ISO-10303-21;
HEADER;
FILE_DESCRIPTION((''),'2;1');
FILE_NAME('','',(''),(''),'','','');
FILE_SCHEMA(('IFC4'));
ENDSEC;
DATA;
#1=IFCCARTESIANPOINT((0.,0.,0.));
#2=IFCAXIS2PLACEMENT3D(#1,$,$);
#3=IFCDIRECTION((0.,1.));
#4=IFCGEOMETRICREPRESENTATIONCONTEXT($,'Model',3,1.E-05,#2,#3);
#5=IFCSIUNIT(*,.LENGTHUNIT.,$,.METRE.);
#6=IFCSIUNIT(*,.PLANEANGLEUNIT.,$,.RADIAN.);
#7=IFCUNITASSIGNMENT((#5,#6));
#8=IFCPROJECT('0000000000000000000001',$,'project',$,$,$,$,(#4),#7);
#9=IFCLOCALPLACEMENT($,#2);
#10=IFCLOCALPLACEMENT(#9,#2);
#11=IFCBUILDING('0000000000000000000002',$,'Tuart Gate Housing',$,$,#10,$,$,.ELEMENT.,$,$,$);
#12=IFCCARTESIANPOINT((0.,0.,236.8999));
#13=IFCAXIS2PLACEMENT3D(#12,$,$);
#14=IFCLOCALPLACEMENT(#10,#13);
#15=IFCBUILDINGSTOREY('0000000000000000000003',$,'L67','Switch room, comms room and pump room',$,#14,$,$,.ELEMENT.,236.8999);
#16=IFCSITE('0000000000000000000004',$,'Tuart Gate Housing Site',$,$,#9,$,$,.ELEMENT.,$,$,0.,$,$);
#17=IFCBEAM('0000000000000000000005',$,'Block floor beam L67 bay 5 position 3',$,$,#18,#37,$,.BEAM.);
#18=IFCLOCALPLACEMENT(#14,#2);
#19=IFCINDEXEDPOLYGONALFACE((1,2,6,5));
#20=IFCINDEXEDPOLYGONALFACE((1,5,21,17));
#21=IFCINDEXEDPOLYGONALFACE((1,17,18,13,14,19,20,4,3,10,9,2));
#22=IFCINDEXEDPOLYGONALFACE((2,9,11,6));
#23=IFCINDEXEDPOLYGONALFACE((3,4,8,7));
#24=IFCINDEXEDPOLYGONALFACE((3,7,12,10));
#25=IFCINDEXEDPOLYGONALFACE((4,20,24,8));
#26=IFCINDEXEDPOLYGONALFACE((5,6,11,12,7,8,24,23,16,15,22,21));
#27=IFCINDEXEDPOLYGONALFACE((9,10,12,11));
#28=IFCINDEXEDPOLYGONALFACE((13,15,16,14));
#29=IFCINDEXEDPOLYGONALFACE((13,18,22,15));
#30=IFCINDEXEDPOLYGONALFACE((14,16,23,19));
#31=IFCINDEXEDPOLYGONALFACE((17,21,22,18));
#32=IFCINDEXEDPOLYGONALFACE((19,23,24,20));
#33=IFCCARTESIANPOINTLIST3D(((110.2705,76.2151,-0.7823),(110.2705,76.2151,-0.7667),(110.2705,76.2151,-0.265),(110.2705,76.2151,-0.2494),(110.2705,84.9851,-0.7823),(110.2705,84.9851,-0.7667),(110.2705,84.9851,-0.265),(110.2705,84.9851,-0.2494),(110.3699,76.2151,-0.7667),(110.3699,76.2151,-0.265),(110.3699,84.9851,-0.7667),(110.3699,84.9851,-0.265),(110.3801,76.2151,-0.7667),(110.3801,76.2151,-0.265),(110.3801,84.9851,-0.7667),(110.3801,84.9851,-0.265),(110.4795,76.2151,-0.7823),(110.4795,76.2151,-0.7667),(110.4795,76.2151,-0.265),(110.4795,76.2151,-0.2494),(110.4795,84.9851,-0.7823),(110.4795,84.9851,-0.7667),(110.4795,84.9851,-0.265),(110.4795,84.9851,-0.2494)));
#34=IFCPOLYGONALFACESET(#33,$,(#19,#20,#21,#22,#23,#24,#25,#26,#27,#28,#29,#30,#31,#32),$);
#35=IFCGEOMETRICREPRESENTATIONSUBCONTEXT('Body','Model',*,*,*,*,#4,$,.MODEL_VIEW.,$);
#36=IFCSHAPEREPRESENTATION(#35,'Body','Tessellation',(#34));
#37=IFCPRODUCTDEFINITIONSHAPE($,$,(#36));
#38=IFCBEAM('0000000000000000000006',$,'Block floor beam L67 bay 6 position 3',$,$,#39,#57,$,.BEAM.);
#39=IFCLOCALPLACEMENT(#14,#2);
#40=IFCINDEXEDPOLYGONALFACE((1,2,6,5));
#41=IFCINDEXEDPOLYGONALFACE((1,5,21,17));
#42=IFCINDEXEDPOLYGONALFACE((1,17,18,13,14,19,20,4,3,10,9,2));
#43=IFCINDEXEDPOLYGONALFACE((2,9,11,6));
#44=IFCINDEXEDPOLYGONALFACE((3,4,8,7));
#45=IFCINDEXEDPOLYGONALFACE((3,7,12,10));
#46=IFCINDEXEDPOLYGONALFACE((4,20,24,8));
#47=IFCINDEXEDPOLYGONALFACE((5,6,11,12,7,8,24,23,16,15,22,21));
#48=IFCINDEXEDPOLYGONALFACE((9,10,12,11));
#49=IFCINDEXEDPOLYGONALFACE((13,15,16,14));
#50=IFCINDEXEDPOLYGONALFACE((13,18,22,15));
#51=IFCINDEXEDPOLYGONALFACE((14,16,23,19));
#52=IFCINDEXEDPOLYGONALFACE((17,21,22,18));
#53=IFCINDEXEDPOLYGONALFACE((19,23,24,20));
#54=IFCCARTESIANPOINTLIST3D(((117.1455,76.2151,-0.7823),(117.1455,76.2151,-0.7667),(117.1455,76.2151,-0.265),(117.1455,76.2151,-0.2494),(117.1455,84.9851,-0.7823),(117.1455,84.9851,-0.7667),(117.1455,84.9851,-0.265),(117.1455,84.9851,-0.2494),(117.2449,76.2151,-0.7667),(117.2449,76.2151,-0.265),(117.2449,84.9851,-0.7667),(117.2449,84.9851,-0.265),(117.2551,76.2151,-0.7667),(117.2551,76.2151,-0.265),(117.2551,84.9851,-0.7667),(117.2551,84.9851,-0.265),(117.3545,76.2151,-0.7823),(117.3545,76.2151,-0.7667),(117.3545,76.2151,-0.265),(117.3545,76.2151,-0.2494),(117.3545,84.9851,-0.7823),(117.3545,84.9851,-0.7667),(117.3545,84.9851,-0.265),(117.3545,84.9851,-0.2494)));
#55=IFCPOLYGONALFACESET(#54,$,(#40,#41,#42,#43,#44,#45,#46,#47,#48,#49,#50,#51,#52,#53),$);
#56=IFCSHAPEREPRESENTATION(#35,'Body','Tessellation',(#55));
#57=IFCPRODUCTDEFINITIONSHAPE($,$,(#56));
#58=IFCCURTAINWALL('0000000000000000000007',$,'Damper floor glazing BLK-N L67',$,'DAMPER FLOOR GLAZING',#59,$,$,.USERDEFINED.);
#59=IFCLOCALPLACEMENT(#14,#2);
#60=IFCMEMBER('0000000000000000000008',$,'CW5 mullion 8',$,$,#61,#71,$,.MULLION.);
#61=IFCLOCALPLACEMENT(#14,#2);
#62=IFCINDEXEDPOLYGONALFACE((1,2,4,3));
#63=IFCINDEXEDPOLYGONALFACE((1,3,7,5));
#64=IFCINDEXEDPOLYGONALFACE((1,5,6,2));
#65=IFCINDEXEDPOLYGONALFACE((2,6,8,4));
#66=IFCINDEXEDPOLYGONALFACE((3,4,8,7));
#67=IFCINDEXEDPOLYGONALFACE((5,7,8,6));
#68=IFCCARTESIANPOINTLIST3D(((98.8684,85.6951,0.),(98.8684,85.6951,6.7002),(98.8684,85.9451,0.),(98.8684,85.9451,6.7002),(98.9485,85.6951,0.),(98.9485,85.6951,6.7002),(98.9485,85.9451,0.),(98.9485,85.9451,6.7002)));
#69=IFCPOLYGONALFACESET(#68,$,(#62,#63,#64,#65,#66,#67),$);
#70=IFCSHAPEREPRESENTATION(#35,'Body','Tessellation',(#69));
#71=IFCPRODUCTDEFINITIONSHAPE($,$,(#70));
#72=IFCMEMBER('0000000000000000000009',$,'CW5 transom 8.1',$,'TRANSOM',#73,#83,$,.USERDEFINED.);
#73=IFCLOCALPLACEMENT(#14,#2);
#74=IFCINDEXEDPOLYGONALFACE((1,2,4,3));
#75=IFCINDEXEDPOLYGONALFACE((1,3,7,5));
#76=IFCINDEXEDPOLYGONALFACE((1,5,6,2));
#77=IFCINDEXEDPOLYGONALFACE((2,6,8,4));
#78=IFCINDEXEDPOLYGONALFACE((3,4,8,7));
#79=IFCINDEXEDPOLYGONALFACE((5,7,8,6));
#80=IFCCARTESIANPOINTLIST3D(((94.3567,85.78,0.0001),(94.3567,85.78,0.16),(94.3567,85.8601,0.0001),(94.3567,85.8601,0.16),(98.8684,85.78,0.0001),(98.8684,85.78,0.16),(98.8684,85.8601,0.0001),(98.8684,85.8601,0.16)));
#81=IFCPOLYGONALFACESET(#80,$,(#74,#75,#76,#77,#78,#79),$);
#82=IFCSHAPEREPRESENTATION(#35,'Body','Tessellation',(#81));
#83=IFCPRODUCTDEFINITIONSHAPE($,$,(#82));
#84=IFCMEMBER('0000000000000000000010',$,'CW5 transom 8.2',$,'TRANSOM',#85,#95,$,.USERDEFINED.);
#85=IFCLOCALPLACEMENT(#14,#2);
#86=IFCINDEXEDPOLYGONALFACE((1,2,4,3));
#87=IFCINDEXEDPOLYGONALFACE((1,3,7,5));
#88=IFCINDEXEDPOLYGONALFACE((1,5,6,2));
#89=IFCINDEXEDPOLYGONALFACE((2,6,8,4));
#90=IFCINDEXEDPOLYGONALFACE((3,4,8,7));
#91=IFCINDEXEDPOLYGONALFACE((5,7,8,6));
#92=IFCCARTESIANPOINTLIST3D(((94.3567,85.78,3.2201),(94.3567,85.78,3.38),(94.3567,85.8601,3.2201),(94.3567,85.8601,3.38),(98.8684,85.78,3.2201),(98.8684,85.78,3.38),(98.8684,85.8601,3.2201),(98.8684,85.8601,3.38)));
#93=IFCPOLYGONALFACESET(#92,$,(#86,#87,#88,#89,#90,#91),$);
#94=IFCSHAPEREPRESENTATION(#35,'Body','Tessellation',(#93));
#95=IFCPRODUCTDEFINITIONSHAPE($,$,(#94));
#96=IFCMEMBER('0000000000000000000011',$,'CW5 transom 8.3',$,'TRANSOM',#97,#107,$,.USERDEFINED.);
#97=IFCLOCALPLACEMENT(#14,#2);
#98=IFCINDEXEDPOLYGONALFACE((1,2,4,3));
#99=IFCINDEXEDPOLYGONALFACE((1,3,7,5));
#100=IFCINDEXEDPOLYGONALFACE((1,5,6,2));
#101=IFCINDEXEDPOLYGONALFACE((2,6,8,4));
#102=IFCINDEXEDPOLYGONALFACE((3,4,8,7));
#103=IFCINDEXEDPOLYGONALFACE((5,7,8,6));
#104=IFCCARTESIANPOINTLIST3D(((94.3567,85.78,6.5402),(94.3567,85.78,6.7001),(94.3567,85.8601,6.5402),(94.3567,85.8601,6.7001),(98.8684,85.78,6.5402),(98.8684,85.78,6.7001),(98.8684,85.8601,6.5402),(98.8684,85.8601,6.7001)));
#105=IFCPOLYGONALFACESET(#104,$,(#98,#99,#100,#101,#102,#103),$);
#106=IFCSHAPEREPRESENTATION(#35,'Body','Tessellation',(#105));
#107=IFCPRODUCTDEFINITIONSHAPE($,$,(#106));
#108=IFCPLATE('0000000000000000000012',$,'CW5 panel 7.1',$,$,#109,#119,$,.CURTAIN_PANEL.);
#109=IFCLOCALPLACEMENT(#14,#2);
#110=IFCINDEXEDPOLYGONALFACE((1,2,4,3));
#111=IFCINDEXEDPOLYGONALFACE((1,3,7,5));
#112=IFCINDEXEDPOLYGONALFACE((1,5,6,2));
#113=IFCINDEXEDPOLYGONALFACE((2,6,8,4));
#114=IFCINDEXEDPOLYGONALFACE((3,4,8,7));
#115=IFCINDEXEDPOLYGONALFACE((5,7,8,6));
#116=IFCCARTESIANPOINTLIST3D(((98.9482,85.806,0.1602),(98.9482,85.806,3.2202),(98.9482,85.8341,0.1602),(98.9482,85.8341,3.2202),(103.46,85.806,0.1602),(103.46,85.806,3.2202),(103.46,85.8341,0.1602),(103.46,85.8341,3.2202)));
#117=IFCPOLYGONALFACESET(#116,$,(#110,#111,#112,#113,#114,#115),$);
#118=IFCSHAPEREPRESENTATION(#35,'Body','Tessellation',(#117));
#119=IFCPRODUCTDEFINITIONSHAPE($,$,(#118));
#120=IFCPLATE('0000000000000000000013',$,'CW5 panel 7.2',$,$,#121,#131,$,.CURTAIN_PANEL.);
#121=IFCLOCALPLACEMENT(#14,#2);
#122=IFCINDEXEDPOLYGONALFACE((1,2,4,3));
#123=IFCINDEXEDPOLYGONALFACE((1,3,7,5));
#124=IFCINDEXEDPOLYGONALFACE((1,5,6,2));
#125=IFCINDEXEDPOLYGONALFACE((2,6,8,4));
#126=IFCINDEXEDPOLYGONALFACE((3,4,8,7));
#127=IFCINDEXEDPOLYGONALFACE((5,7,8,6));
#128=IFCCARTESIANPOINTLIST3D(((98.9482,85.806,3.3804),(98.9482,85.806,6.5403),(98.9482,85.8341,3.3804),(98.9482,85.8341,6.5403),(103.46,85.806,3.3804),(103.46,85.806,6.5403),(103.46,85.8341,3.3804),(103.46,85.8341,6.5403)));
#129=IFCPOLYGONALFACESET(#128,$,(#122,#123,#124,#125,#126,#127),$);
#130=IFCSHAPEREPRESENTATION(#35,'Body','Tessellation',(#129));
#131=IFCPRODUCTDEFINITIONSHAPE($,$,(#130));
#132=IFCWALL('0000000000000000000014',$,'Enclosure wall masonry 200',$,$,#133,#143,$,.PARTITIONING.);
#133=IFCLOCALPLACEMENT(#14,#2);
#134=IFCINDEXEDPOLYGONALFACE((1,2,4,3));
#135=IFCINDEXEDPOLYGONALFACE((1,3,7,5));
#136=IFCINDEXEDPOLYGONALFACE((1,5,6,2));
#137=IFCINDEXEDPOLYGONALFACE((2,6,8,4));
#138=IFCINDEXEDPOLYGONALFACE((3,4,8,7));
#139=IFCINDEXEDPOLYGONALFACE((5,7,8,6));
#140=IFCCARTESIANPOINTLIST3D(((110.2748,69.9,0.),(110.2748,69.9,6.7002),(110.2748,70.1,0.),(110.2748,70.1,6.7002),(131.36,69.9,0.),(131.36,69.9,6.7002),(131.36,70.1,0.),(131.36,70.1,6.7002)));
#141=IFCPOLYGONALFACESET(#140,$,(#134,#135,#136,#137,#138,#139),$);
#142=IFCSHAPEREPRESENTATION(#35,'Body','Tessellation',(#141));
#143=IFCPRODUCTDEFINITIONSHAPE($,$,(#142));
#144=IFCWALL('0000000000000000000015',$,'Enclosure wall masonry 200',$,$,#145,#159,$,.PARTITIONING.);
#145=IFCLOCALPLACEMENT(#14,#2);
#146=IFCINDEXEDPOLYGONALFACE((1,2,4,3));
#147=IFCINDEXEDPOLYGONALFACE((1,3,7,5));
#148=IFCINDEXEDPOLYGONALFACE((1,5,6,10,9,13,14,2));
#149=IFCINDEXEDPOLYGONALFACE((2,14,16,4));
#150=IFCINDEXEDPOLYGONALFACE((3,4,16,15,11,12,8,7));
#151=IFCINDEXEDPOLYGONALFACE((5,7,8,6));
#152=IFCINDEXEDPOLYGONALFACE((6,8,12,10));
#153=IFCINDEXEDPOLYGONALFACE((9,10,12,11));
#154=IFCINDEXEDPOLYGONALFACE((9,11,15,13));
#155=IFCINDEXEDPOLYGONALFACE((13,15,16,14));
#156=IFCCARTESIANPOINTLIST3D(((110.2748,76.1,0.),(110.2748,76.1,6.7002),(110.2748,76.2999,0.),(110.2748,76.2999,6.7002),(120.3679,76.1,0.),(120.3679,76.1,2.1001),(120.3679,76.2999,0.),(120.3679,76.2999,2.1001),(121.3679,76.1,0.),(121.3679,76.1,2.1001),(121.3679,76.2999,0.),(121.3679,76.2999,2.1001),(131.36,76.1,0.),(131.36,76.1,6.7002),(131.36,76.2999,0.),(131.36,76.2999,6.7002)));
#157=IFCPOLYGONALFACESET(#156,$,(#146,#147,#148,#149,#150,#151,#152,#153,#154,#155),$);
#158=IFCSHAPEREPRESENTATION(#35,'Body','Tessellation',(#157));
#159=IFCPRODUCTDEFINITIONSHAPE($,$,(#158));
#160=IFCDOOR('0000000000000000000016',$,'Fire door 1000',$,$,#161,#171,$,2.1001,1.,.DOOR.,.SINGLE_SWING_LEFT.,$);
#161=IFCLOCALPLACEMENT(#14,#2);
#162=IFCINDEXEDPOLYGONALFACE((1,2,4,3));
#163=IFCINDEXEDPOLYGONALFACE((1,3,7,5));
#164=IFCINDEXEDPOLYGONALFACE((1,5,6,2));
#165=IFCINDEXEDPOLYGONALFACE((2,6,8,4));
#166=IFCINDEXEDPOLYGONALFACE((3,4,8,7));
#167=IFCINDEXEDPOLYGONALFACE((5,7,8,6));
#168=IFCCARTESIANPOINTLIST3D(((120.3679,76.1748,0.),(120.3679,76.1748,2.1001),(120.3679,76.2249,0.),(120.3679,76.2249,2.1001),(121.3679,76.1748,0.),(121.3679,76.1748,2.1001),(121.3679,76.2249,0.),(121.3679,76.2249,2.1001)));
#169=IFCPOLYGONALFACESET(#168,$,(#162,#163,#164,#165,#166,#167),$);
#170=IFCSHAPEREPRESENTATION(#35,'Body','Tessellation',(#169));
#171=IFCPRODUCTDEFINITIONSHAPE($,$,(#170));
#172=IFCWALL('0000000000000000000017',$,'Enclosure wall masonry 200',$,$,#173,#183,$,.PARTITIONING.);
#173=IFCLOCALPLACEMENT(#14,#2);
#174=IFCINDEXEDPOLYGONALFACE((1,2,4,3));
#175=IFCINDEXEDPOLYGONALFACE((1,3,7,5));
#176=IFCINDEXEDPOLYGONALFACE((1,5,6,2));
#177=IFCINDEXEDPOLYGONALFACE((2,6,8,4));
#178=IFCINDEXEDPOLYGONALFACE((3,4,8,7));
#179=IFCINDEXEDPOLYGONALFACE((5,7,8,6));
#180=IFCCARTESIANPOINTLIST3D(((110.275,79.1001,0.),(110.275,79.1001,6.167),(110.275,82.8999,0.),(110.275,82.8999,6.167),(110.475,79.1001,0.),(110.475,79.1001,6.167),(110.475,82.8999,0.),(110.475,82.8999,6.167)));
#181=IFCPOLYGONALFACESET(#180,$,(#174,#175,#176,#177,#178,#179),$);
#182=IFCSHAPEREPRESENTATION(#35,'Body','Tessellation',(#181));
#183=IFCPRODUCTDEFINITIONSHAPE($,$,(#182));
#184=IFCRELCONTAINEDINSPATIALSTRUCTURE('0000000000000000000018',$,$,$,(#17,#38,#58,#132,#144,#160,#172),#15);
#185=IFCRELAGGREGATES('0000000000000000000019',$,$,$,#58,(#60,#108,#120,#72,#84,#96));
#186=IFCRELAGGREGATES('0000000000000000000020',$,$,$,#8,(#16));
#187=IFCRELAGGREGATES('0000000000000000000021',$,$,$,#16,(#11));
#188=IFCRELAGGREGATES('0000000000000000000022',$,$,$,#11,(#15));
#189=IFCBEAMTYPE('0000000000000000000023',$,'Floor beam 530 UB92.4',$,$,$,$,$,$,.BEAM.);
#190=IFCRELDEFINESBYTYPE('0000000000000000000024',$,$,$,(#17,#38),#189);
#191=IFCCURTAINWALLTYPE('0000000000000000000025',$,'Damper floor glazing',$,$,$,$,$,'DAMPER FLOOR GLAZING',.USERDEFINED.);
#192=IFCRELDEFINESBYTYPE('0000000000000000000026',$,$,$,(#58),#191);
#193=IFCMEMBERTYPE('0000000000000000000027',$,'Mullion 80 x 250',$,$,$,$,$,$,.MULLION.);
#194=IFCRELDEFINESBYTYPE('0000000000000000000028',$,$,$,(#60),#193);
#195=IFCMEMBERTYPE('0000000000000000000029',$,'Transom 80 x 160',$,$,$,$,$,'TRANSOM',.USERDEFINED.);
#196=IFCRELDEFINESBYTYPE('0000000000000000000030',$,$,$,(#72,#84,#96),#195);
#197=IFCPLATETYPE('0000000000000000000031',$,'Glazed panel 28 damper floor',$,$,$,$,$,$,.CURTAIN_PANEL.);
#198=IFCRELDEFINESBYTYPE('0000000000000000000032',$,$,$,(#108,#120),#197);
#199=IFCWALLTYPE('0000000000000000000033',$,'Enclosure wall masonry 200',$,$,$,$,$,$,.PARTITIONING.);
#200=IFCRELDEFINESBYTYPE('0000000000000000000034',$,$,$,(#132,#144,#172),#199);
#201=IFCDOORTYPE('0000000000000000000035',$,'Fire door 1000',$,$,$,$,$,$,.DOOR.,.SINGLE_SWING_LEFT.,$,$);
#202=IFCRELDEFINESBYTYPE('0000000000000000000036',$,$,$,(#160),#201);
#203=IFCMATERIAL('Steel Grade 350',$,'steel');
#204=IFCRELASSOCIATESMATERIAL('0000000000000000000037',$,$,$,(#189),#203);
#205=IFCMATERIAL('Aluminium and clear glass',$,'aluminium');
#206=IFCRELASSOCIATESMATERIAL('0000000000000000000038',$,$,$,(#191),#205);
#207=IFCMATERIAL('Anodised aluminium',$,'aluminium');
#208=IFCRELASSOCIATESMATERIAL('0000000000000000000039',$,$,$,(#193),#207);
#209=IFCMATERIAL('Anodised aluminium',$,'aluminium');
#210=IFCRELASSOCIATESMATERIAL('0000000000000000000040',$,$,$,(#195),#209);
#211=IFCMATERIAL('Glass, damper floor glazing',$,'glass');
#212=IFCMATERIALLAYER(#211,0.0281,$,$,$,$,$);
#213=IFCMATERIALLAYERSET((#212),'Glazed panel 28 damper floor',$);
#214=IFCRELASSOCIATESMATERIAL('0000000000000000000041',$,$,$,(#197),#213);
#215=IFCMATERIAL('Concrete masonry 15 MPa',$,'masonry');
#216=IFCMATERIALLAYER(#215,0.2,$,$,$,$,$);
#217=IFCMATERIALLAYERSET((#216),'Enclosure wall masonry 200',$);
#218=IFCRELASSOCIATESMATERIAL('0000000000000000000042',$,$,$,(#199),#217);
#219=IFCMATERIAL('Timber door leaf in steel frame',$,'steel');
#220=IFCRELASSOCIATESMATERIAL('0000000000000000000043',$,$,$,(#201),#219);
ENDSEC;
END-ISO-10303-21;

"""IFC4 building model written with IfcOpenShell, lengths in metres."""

from ifc_helpers import new_model, si_unit, direction, frame, frame_2d, origin, origin_2d, place, context, subcontext, project, spatial, rectangle, i_section, extrude, material, layer, layer_set, material_profile, profile_set, type_object, element, fill, aggregate, save


model = new_model("IFC4")

# Units and contexts
model_context = context("Model", 3, precision=1e-05, world=origin(), true_north=direction((0.0, 1.0)))
body_context = subcontext(model_context, "Body", "Model", "MODEL_VIEW")
ifc_project = project(units=[si_unit("LENGTHUNIT", "METRE"), si_unit("PLANEANGLEUNIT", "RADIAN")], contexts=[model_context])

# Site, building, storey
site_placement = place(None, origin())
site = spatial("IfcSite", under=ifc_project, at=site_placement, Name="Tuart Gate Housing Site", CompositionType="ELEMENT", RefElevation=0.0)
building_placement = place(site_placement, origin())
building = spatial("IfcBuilding", under=site, at=building_placement, Name="Tuart Gate Housing", CompositionType="ELEMENT")
storey_placement = place(building_placement, frame((0.0, 0.0, 236.8999)))
storey = spatial("IfcBuildingStorey", under=building, at=storey_placement, Name="L67", Description="Switch room, comms room and pump room", CompositionType="ELEMENT", Elevation=236.8999)

# Beams
ifc_material_1 = material(Name="Steel Grade 350", Category="steel")
ifc_material_profile_1 = material_profile(ifc_material_1, i_section(OverallWidth=0.209, OverallDepth=0.533, WebThickness=0.0103, FlangeThickness=0.0156, at=origin_2d()), Name="530UB92.4")
ifc_profile_set_1 = profile_set([ifc_material_profile_1], Name="Steel Grade 350")
beam_type_1 = type_object("IfcBeamType", Name="Floor beam 530 UB92.4", PredefinedType="BEAM", material=ifc_profile_set_1)
for number, where, z_axis, x_axis, name in (
    (1, (110.375, 76.2151, -0.5159), (0.0, 1.0, 0.0), (-1.0, 0.0, 0.0), "Block floor beam L67 bay 5 position 3"),
    (2, (117.25, 76.2151, -0.5159), (0.0, 1.0, 0.0), (-1.0, 0.0, 0.0), "Block floor beam L67 bay 6 position 3"),
):
    element("IfcBeam", number, at=place(storey_placement, frame(where, z_axis=z_axis, x_axis=x_axis)), inside=storey, type_object=beam_type_1, Name=name, PredefinedType="BEAM", context=body_context, shape_type="SweptSolid", body=[
        extrude(i_section(OverallWidth=0.209, OverallDepth=0.533, WebThickness=0.0103, FlangeThickness=0.0156, at=origin_2d()), origin(), (0.0, 0.0, 1.0), 8.77),
    ])

# Curtain wall, members, plates
ifc_material_2 = material(Name="Aluminium and clear glass", Category="aluminium")
curtain_wall_type = type_object("IfcCurtainWallType", Name="Damper floor glazing", ElementType="DAMPER FLOOR GLAZING", PredefinedType="USERDEFINED", material=ifc_material_2)
curtain_wall_placement = place(storey_placement, origin())
curtain_wall = element("IfcCurtainWall", 3, at=curtain_wall_placement, inside=storey, type_object=curtain_wall_type, Name="Damper floor glazing BLK-N L67", ObjectType="DAMPER FLOOR GLAZING", PredefinedType="USERDEFINED")
ifc_material_3 = material(Name="Anodised aluminium", Category="aluminium")
ifc_material_profile_2 = material_profile(ifc_material_3, rectangle(XDim=0.0801, YDim=0.25, at=origin_2d()), Name="80x250")
ifc_profile_set_2 = profile_set([ifc_material_profile_2], Name="Anodised aluminium")
member_type_1 = type_object("IfcMemberType", Name="Mullion 80 x 250", PredefinedType="MULLION", material=ifc_profile_set_2)
member_1_placement = place(storey_placement, frame((98.9084, 85.8201, 0.0), z_axis=(0.0, 0.0, 1.0), x_axis=(-1.0, 0.0, 0.0)))
member_1 = element("IfcMember", 4, at=member_1_placement, type_object=member_type_1, Name="CW5 mullion 8", PredefinedType="MULLION", context=body_context, shape_type="SweptSolid", body=[
    extrude(rectangle(XDim=0.0801, YDim=0.25, at=origin_2d()), origin(), (0.0, 0.0, 1.0), 6.7002),
])
ifc_material_4 = material(Name="Anodised aluminium", Category="aluminium")
ifc_material_profile_3 = material_profile(ifc_material_4, rectangle(XDim=0.0801, YDim=0.1599, at=origin_2d()), Name="80x160")
ifc_profile_set_3 = profile_set([ifc_material_profile_3], Name="Anodised aluminium")
member_type_2 = type_object("IfcMemberType", Name="Transom 80 x 160", ElementType="TRANSOM", PredefinedType="USERDEFINED", material=ifc_profile_set_3)
member_2_placement = place(storey_placement, frame((98.8684, 85.8201, 0.0801), z_axis=(-1.0, 0.0, 0.0), x_axis=(0.0, -1.0, 0.0)))
member_2 = element("IfcMember", 5, at=member_2_placement, type_object=member_type_2, Name="CW5 transom 8.1", ObjectType="TRANSOM", PredefinedType="USERDEFINED", context=body_context, shape_type="SweptSolid", body=[
    extrude(rectangle(XDim=0.0801, YDim=0.1599, at=origin_2d()), origin(), (0.0, 0.0, 1.0), 4.5117),
])
member_3_placement = place(storey_placement, frame((98.8684, 85.8201, 3.3), z_axis=(-1.0, 0.0, 0.0), x_axis=(0.0, -1.0, 0.0)))
member_3 = element("IfcMember", 6, at=member_3_placement, type_object=member_type_2, Name="CW5 transom 8.2", ObjectType="TRANSOM", PredefinedType="USERDEFINED", context=body_context, shape_type="SweptSolid", body=[
    extrude(rectangle(XDim=0.0801, YDim=0.1599, at=origin_2d()), origin(), (0.0, 0.0, 1.0), 4.5117),
])
member_4_placement = place(storey_placement, frame((98.8684, 85.8201, 6.6201), z_axis=(-1.0, 0.0, 0.0), x_axis=(0.0, -1.0, 0.0)))
member_4 = element("IfcMember", 7, at=member_4_placement, type_object=member_type_2, Name="CW5 transom 8.3", ObjectType="TRANSOM", PredefinedType="USERDEFINED", context=body_context, shape_type="SweptSolid", body=[
    extrude(rectangle(XDim=0.0801, YDim=0.1599, at=origin_2d()), origin(), (0.0, 0.0, 1.0), 4.5117),
])
ifc_material_5 = material(Name="Glass, damper floor glazing", Category="glass")
ifc_layer_1 = layer(ifc_material_5, 0.0281)
ifc_layer_set_1 = layer_set([ifc_layer_1], Name="Glazed panel 28 damper floor")
plate_type = type_object("IfcPlateType", Name="Glazed panel 28 damper floor", PredefinedType="CURTAIN_PANEL", material=ifc_layer_set_1)
plate_1_placement = place(storey_placement, frame((101.2041, 85.8201, 0.1602), z_axis=(0.0, 0.0, 1.0), x_axis=(-1.0, 0.0, 0.0)))
plate_1 = element("IfcPlate", 8, at=plate_1_placement, type_object=plate_type, Name="CW5 panel 7.1", PredefinedType="CURTAIN_PANEL", context=body_context, shape_type="SweptSolid", body=[
    extrude(rectangle(XDim=4.5117, YDim=0.0281, at=origin_2d()), origin(), (0.0, 0.0, 1.0), 3.0601),
])
plate_2_placement = place(storey_placement, frame((101.2041, 85.8201, 3.3804), z_axis=(0.0, 0.0, 1.0), x_axis=(-1.0, 0.0, 0.0)))
plate_2 = element("IfcPlate", 9, at=plate_2_placement, type_object=plate_type, Name="CW5 panel 7.2", PredefinedType="CURTAIN_PANEL", context=body_context, shape_type="SweptSolid", body=[
    extrude(rectangle(XDim=4.5117, YDim=0.0281, at=origin_2d()), origin(), (0.0, 0.0, 1.0), 3.1599),
])
aggregate(curtain_wall, [member_1, plate_1, plate_2, member_2, member_3, member_4])

# Wall
ifc_material_6 = material(Name="Concrete masonry 15 MPa", Category="masonry")
ifc_layer_2 = layer(ifc_material_6, 0.2)
ifc_layer_set_2 = layer_set([ifc_layer_2], Name="Enclosure wall masonry 200")
wall_type = type_object("IfcWallType", Name="Enclosure wall masonry 200", PredefinedType="PARTITIONING", material=ifc_layer_set_2)
wall_1_placement = place(storey_placement, frame((110.2749, 70.0, 0.0), z_axis=(0.0, 0.0, 1.0), x_axis=(1.0, 0.0, 0.0)))
element("IfcWall", 10, at=wall_1_placement, inside=storey, type_object=wall_type, Name="Enclosure wall masonry 200", PredefinedType="PARTITIONING", context=body_context, shape_type="SweptSolid", body=[
    extrude(rectangle(XDim=21.0852, YDim=0.2, at=frame_2d((10.5425, 0.0))), origin(), (0.0, 0.0, 1.0), 6.7002),
])

# Wall, opening, door
wall_2_placement = place(storey_placement, frame((110.2749, 76.2, 0.0), z_axis=(0.0, 0.0, 1.0), x_axis=(1.0, 0.0, 0.0)))
wall_2 = element("IfcWall", 11, at=wall_2_placement, inside=storey, type_object=wall_type, Name="Enclosure wall masonry 200", PredefinedType="PARTITIONING", context=body_context, shape_type="SweptSolid", body=[
    extrude(rectangle(XDim=21.0852, YDim=0.2, at=frame_2d((10.5425, 0.0))), origin(), (0.0, 0.0, 1.0), 6.7002),
])
opening_placement = place(wall_2_placement, frame((10.093, 0.0, 0.0)))
opening = element("IfcOpeningElement", 12, at=opening_placement, cuts=wall_2, PredefinedType="OPENING", context=body_context, shape_type="SweptSolid", body=[
    extrude(rectangle(XDim=1.0, YDim=2.1001, at=frame_2d((0.5, 1.05))), frame((0.0, 0.1099, 0.0), z_axis=(0.0, -1.0, 0.0), x_axis=(1.0, 0.0, 0.0)), (0.0, 0.0, 1.0), 0.22),
])
ifc_material_7 = material(Name="Timber door leaf in steel frame", Category="steel")
door_type = type_object("IfcDoorType", Name="Fire door 1000", OperationType="SINGLE_SWING_LEFT", PredefinedType="DOOR", material=ifc_material_7)
door_placement = place(opening_placement, frame((1.0, 0.0, 0.0), z_axis=(0.0, 0.0, 1.0), x_axis=(-1.0, 0.0, 0.0)))
door = element("IfcDoor", 13, at=door_placement, inside=storey, type_object=door_type, Name="Fire door 1000", OperationType="SINGLE_SWING_LEFT", OverallHeight=2.1001, OverallWidth=1.0, PredefinedType="DOOR", context=body_context, shape_type="SweptSolid", body=[
    extrude(rectangle(XDim=1.0, YDim=2.1001, at=frame_2d((0.5, 1.05))), frame((0.0, 0.0251, 0.0), z_axis=(0.0, -1.0, 0.0), x_axis=(1.0, 0.0, 0.0)), (0.0, 0.0, 1.0), 0.05),
])
fill(opening, door)

# Wall
wall_3_placement = place(storey_placement, frame((110.375, 79.1001, 0.0), z_axis=(0.0, 0.0, 1.0), x_axis=(0.0, 1.0, 0.0)))
element("IfcWall", 14, at=wall_3_placement, inside=storey, type_object=wall_type, Name="Enclosure wall masonry 200", PredefinedType="PARTITIONING", context=body_context, shape_type="SweptSolid", body=[
    extrude(rectangle(XDim=3.7998, YDim=0.2, at=frame_2d((1.8999, 0.0))), origin(), (0.0, 0.0, 1.0), 6.167),
])

save(model, "model.ifc")
